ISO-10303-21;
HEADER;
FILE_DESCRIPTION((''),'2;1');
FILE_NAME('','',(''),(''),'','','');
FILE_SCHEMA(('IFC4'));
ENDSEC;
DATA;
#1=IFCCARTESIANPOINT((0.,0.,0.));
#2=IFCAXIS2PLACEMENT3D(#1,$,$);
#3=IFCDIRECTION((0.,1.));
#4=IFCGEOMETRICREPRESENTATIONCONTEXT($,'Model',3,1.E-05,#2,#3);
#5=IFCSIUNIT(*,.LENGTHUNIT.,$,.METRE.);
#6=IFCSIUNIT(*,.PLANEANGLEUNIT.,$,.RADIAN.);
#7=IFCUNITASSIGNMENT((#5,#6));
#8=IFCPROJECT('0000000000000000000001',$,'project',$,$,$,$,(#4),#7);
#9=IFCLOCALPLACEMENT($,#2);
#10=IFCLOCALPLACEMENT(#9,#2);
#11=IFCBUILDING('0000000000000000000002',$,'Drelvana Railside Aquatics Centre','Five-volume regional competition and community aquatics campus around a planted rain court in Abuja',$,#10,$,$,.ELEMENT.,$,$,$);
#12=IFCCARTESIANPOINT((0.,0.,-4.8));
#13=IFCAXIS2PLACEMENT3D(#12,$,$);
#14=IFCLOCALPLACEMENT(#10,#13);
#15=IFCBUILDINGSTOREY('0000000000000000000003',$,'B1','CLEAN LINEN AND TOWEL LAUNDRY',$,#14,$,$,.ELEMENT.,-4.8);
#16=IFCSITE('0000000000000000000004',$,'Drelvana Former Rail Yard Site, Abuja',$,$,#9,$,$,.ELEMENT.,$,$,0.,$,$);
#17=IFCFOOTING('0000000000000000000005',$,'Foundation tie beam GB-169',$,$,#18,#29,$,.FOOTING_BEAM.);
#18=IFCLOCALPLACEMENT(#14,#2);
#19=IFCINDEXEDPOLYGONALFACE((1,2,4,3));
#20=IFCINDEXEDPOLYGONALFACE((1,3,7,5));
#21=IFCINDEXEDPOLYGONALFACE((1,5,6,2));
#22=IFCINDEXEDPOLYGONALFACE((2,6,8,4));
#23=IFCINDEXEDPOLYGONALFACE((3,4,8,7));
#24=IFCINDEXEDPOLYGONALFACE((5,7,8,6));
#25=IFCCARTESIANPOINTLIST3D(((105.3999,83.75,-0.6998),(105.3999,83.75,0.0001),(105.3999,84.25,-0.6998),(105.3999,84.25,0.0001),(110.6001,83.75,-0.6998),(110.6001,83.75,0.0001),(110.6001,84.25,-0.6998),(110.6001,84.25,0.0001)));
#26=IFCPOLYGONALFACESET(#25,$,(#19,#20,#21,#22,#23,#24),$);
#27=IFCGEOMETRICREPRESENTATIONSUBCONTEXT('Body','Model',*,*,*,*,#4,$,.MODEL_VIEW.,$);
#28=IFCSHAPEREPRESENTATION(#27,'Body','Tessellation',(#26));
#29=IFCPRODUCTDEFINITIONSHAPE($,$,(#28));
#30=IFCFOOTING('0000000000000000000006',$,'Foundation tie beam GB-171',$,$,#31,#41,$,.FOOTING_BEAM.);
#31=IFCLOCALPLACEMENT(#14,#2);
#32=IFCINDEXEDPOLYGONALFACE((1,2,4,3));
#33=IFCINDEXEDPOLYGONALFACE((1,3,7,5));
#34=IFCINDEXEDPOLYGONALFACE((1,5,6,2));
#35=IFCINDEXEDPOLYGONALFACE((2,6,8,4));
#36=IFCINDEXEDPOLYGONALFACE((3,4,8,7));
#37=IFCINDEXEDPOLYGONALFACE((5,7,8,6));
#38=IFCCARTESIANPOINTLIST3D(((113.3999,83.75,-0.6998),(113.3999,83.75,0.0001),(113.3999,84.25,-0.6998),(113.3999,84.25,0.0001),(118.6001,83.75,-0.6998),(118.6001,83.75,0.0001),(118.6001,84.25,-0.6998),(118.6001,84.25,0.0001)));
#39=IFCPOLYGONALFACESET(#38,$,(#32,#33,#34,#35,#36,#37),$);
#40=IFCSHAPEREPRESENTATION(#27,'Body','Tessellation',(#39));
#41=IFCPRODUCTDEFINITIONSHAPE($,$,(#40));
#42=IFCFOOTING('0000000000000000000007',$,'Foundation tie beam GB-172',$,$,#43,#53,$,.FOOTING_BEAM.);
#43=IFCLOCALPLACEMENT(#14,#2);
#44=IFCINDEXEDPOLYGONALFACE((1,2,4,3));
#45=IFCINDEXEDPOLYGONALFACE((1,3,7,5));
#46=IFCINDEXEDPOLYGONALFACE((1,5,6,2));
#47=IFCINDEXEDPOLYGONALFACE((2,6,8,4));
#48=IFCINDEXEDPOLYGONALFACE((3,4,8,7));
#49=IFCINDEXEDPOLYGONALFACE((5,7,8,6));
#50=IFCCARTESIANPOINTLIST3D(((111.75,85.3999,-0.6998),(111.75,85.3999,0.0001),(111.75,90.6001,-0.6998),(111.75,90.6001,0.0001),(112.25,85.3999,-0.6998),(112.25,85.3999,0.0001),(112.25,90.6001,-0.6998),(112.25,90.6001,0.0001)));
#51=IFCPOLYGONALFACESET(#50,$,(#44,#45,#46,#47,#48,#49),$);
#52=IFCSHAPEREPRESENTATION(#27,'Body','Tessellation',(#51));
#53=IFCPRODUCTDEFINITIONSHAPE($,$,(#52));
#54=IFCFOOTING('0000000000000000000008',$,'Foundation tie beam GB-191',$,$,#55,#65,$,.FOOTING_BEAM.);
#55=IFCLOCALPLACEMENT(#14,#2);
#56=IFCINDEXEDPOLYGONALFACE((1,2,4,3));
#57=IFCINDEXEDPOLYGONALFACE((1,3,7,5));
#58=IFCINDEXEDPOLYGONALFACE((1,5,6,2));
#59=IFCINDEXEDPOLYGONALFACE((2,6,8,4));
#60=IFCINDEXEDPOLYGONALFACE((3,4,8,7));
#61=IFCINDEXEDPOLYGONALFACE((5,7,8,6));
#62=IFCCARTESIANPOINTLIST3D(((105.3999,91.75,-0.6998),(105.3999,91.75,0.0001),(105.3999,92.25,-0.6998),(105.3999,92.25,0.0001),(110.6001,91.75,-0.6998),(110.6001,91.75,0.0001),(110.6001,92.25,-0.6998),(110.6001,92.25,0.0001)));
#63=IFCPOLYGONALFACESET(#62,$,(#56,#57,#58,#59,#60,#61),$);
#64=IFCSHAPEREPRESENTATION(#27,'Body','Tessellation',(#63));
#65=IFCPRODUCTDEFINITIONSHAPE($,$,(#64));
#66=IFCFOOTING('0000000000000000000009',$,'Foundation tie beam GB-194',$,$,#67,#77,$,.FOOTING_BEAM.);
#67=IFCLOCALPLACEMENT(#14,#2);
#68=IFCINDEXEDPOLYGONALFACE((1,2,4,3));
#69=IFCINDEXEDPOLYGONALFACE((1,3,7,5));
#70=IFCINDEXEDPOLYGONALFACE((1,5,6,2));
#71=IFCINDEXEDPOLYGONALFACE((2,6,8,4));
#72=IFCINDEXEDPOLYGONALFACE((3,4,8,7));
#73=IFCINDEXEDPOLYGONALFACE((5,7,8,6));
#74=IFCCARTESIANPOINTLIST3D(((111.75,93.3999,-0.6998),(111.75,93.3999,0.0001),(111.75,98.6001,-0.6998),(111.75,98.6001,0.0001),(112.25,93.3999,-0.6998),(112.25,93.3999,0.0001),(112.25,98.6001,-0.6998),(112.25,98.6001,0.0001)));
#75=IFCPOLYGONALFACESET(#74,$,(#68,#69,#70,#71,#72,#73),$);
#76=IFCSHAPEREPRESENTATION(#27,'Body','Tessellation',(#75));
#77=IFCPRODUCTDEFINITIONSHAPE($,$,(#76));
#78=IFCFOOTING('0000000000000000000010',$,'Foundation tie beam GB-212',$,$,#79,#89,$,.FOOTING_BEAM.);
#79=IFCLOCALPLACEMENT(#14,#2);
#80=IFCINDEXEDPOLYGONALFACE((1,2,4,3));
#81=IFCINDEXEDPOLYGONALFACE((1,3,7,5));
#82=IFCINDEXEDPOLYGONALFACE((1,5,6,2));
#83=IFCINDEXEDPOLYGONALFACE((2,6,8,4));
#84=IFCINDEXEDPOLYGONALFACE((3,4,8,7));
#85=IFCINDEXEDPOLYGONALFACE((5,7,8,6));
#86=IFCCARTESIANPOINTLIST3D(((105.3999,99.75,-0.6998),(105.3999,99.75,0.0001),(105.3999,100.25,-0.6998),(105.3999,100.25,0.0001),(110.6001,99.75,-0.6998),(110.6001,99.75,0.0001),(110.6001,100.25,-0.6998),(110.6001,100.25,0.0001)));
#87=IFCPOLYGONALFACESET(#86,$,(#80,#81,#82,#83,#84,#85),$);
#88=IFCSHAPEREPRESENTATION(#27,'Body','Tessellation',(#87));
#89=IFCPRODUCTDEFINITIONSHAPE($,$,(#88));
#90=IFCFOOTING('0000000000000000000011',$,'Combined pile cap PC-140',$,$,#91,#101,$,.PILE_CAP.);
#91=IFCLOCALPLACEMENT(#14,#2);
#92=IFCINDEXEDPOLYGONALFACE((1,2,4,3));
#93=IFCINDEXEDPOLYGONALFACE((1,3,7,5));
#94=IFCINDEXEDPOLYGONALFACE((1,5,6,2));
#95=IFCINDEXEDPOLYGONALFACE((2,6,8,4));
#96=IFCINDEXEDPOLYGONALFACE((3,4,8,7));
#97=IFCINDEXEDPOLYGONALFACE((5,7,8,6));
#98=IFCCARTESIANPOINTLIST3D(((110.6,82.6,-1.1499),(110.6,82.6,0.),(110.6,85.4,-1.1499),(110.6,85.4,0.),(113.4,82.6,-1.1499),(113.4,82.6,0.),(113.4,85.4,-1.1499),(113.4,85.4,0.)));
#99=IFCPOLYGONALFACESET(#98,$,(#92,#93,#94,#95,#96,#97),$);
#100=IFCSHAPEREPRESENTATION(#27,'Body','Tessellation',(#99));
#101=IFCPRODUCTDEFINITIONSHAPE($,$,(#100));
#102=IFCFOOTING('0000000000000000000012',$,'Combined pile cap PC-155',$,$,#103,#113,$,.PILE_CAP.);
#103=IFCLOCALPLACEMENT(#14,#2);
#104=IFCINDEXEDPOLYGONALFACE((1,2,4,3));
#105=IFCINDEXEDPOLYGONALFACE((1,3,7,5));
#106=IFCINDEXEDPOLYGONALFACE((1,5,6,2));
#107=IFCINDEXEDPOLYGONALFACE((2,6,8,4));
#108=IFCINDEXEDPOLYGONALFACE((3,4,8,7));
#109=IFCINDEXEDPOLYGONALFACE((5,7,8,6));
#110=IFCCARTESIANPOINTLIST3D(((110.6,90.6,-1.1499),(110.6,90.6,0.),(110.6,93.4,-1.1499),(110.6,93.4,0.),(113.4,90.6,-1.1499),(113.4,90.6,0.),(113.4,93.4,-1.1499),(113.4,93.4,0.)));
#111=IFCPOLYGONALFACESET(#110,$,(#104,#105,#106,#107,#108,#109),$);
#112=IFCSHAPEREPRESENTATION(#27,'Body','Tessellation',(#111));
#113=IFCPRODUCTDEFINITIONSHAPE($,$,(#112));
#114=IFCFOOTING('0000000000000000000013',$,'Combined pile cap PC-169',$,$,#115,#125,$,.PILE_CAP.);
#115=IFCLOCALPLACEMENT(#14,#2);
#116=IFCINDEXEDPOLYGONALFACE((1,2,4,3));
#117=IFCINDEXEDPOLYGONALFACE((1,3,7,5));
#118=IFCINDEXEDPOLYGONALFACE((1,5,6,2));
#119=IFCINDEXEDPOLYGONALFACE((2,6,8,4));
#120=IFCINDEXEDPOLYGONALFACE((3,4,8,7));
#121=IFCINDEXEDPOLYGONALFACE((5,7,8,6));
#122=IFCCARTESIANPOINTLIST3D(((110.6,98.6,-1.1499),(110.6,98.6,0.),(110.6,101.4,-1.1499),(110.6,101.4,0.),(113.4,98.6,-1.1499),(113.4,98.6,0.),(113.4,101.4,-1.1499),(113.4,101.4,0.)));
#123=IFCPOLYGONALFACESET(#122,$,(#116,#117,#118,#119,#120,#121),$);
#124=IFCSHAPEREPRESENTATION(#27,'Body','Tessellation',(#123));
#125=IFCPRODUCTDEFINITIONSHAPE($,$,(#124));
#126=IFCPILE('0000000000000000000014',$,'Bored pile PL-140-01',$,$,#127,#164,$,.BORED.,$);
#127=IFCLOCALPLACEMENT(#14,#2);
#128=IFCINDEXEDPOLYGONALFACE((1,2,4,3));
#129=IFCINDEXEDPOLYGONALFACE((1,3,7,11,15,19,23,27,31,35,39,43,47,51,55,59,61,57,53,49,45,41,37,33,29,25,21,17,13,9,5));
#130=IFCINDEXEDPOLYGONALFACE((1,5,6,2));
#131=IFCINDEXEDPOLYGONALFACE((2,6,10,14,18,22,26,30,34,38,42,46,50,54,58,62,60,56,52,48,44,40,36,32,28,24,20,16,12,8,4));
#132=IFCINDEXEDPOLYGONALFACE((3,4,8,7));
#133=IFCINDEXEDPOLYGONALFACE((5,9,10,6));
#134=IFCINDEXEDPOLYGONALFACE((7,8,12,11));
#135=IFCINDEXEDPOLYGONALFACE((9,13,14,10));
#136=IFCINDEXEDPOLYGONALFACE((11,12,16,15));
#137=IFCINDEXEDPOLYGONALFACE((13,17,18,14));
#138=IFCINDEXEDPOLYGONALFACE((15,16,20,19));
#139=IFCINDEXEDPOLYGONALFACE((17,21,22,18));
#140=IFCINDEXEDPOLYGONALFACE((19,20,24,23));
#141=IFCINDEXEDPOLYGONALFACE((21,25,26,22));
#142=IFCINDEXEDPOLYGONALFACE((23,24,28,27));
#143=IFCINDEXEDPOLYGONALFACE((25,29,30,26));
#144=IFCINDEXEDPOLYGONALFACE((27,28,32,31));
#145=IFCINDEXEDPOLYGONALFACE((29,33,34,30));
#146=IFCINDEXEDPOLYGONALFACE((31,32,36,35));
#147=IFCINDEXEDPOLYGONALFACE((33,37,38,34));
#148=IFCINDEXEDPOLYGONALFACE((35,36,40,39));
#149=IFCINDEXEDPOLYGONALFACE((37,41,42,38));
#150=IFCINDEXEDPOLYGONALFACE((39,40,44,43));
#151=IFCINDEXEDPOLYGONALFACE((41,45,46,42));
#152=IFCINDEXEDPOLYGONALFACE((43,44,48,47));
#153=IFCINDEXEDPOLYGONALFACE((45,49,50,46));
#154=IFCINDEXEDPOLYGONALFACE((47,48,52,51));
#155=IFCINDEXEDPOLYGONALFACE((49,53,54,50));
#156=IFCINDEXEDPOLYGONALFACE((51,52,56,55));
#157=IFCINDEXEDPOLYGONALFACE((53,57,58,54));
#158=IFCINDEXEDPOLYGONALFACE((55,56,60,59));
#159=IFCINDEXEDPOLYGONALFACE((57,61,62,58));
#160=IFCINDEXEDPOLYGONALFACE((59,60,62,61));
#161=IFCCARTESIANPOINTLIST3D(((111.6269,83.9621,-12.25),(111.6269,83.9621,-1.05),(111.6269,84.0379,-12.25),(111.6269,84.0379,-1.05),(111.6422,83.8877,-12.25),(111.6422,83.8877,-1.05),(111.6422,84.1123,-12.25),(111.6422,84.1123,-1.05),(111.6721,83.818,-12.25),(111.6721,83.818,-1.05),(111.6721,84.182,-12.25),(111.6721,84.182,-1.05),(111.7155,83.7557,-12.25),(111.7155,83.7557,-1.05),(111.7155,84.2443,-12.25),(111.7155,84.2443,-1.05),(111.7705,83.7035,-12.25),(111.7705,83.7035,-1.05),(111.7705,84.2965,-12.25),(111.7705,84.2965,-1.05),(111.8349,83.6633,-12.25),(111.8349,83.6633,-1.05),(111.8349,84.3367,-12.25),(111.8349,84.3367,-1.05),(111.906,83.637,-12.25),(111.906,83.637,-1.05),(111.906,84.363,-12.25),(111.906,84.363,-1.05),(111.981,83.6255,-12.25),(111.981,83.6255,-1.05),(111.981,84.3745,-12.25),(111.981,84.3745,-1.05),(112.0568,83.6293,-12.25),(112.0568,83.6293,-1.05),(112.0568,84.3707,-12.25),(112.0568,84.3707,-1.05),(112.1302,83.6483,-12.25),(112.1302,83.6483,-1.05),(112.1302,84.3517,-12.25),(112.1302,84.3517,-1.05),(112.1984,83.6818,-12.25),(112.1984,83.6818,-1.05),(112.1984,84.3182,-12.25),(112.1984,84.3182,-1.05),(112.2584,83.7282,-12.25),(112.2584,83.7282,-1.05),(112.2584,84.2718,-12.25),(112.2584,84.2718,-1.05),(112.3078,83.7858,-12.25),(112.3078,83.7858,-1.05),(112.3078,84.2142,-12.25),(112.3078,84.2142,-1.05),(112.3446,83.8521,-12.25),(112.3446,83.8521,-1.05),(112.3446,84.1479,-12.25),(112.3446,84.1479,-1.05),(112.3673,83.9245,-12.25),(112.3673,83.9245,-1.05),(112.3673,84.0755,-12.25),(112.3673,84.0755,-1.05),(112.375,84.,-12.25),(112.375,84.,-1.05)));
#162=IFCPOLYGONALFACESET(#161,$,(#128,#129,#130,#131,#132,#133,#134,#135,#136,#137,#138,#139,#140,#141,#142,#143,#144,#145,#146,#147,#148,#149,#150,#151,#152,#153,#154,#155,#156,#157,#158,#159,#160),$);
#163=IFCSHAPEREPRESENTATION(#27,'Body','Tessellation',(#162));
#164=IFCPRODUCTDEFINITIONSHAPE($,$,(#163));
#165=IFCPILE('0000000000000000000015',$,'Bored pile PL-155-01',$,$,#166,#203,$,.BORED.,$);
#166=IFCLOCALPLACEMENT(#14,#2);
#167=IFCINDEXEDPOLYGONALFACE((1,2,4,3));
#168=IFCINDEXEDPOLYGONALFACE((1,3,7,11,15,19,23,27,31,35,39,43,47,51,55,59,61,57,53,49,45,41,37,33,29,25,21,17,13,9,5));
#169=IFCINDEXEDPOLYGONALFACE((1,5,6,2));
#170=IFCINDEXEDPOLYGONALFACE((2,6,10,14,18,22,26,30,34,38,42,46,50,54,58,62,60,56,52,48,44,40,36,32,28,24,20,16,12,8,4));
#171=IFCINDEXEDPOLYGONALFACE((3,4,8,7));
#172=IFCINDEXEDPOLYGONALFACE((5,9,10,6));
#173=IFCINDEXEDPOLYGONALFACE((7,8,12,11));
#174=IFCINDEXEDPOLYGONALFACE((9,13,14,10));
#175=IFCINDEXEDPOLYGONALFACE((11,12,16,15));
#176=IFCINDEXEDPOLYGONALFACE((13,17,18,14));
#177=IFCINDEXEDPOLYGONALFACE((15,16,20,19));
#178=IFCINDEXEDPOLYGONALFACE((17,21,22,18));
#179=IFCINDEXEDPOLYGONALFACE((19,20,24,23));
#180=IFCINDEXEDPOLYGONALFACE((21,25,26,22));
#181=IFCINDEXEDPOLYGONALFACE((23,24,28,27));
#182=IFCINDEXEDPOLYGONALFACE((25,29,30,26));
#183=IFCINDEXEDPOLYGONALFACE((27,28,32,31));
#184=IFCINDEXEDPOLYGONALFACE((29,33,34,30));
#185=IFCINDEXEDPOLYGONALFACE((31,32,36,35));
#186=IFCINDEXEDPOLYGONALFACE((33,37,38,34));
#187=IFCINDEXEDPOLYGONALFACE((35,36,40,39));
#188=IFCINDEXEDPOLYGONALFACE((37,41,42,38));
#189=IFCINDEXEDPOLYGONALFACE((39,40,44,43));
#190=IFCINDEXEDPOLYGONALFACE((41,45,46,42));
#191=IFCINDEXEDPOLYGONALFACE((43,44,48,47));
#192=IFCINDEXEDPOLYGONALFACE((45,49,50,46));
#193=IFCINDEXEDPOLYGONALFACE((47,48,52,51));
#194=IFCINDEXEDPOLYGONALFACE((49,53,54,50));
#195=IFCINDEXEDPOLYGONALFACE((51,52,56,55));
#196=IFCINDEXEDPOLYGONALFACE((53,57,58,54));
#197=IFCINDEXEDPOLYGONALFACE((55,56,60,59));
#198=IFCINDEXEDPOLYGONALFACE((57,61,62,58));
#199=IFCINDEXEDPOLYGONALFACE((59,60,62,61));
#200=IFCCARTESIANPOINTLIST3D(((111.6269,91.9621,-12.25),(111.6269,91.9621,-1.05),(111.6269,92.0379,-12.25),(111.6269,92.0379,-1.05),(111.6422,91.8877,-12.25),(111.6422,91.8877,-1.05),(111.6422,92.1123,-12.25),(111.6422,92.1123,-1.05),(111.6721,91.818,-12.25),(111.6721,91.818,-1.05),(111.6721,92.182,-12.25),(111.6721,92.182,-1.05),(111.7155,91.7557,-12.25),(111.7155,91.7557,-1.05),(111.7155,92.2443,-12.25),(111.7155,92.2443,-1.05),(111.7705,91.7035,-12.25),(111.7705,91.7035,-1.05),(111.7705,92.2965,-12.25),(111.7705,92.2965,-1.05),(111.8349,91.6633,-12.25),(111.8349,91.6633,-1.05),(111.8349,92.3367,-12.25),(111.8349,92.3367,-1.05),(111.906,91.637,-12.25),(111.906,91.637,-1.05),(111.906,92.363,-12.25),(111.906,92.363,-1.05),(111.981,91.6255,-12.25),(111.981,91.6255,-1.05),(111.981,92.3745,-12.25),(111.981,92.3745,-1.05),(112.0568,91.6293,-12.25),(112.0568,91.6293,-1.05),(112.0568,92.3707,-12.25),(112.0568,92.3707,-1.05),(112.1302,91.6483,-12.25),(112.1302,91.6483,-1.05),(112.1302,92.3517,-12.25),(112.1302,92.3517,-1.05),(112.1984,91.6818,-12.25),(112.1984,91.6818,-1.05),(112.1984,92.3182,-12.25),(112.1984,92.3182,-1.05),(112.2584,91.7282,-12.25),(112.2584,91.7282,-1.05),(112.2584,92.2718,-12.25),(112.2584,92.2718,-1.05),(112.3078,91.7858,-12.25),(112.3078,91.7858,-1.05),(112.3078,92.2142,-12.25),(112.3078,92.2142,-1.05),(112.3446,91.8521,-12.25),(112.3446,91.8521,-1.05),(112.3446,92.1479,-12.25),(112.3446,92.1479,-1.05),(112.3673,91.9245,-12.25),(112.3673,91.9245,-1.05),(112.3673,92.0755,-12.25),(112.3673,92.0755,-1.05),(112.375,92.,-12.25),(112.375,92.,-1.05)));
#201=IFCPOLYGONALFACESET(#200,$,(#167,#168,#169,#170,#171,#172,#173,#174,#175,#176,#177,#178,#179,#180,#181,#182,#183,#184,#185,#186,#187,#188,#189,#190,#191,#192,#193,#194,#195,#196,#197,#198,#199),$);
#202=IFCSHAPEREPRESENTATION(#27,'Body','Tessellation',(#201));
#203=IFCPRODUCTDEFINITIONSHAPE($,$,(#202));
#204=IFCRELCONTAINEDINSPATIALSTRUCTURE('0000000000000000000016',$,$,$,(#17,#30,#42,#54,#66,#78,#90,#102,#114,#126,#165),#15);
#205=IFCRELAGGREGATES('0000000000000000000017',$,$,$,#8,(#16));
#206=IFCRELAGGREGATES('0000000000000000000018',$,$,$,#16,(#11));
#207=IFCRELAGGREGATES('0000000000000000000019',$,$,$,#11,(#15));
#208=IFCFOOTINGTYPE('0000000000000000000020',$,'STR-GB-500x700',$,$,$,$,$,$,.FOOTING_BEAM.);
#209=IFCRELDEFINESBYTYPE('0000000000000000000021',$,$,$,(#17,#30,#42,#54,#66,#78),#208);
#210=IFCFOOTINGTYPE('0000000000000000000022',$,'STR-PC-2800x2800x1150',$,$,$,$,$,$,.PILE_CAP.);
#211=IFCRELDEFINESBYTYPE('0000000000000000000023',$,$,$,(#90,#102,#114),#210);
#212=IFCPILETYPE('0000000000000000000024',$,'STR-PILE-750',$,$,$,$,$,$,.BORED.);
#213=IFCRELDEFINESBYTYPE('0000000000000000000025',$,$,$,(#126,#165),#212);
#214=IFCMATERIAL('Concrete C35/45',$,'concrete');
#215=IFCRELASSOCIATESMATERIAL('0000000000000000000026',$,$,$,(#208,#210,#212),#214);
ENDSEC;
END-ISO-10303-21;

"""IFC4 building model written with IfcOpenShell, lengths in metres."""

from ifc_helpers import new_model, si_unit, direction, frame, origin, origin_2d, place, context, subcontext, project, spatial, rectangle, circle, extrude, material, material_profile, profile_set, type_object, element, save


model = new_model("IFC4")

# Units and contexts
model_context = context("Model", 3, precision=1e-05, world=origin(), true_north=direction((0.0, 1.0)))
body_context = subcontext(model_context, "Body", "Model", "MODEL_VIEW")
ifc_project = project(units=[si_unit("LENGTHUNIT", "METRE"), si_unit("PLANEANGLEUNIT", "RADIAN")], contexts=[model_context])

# Site, building, storey
site_placement = place(None, origin())
site = spatial("IfcSite", under=ifc_project, at=site_placement, Name="Drelvana Former Rail Yard Site, Abuja", CompositionType="ELEMENT", RefElevation=0.0)
building_placement = place(site_placement, origin())
building = spatial("IfcBuilding", under=site, at=building_placement, Name="Drelvana Railside Aquatics Centre", Description="Five-volume regional competition and community aquatics campus around a planted rain court in Abuja", CompositionType="ELEMENT")
storey_placement = place(building_placement, frame((0.0, 0.0, -4.8)))
storey = spatial("IfcBuildingStorey", under=building, at=storey_placement, Name="B1", Description="CLEAN LINEN AND TOWEL LAUNDRY", CompositionType="ELEMENT", Elevation=-4.8)

# Footings
ifc_material_1 = material(Name="Concrete C35/45", Category="concrete")
ifc_material_profile_1 = material_profile(ifc_material_1, rectangle(XDim=0.5, YDim=0.7, at=origin_2d()), Name="GB 500x700")
ifc_profile_set_1 = profile_set([ifc_material_profile_1], Name="Concrete C35/45")
footing_type_1 = type_object("IfcFootingType", Name="STR-GB-500x700", PredefinedType="FOOTING_BEAM", material=ifc_profile_set_1)
for number, where, z_axis, x_axis, name in (
    (1, (105.3999, 84.0, -0.3499), (1.0, 0.0, 0.0), (0.0, 1.0, 0.0), "Foundation tie beam GB-169"),
    (2, (113.3999, 84.0, -0.3499), (1.0, 0.0, 0.0), (0.0, 1.0, 0.0), "Foundation tie beam GB-171"),
    (3, (112.0, 85.3999, -0.3499), (0.0, 1.0, 0.0), (-1.0, 0.0, 0.0), "Foundation tie beam GB-172"),
    (4, (105.3999, 92.0, -0.3499), (1.0, 0.0, 0.0), (0.0, 1.0, 0.0), "Foundation tie beam GB-191"),
    (5, (112.0, 93.3999, -0.3499), (0.0, 1.0, 0.0), (-1.0, 0.0, 0.0), "Foundation tie beam GB-194"),
    (6, (105.3999, 100.0, -0.3499), (1.0, 0.0, 0.0), (0.0, 1.0, 0.0), "Foundation tie beam GB-212"),
):
    element("IfcFooting", number, at=place(storey_placement, frame(where, z_axis=z_axis, x_axis=x_axis)), inside=storey, type_object=footing_type_1, Name=name, PredefinedType="FOOTING_BEAM", context=body_context, shape_type="SweptSolid", body=[
        extrude(rectangle(XDim=0.5, YDim=0.7, at=origin_2d()), origin(), (0.0, 0.0, 1.0), 5.2002),
    ])
footing_type_2 = type_object("IfcFootingType", Name="STR-PC-2800x2800x1150", PredefinedType="PILE_CAP", material=ifc_material_1)
for number, where, z_axis, x_axis, name in (
    (7, (112.0, 84.0, -1.1499), (0.0, 0.0, 1.0), (1.0, 0.0, 0.0), "Combined pile cap PC-140"),
    (8, (112.0, 92.0, -1.1499), (0.0, 0.0, 1.0), (1.0, 0.0, 0.0), "Combined pile cap PC-155"),
    (9, (112.0, 100.0, -1.1499), (0.0, 0.0, 1.0), (1.0, 0.0, 0.0), "Combined pile cap PC-169"),
):
    element("IfcFooting", number, at=place(storey_placement, frame(where, z_axis=z_axis, x_axis=x_axis)), inside=storey, type_object=footing_type_2, Name=name, PredefinedType="PILE_CAP", context=body_context, shape_type="SweptSolid", body=[
        extrude(rectangle(XDim=2.8, YDim=2.8, at=origin_2d()), origin(), (0.0, 0.0, 1.0), 1.1499),
    ])

# Piles
ifc_material_profile_2 = material_profile(ifc_material_1, circle(Radius=0.375, at=origin_2d()), Name="PILE D750")
ifc_profile_set_2 = profile_set([ifc_material_profile_2], Name="Concrete C35/45")
pile_type = type_object("IfcPileType", Name="STR-PILE-750", PredefinedType="BORED", material=ifc_profile_set_2)
for number, where, z_axis, x_axis, name in (
    (10, (112.0, 84.0, -1.05), (0.0, 0.0, -1.0), (1.0, 0.0, 0.0), "Bored pile PL-140-01"),
    (11, (112.0, 92.0, -1.05), (0.0, 0.0, -1.0), (1.0, 0.0, 0.0), "Bored pile PL-155-01"),
):
    element("IfcPile", number, at=place(storey_placement, frame(where, z_axis=z_axis, x_axis=x_axis)), inside=storey, type_object=pile_type, Name=name, PredefinedType="BORED", context=body_context, shape_type="SweptSolid", body=[
        extrude(circle(Radius=0.375, at=origin_2d()), origin(), (0.0, 0.0, 1.0), 11.2),
    ])

save(model, "model.ifc")
